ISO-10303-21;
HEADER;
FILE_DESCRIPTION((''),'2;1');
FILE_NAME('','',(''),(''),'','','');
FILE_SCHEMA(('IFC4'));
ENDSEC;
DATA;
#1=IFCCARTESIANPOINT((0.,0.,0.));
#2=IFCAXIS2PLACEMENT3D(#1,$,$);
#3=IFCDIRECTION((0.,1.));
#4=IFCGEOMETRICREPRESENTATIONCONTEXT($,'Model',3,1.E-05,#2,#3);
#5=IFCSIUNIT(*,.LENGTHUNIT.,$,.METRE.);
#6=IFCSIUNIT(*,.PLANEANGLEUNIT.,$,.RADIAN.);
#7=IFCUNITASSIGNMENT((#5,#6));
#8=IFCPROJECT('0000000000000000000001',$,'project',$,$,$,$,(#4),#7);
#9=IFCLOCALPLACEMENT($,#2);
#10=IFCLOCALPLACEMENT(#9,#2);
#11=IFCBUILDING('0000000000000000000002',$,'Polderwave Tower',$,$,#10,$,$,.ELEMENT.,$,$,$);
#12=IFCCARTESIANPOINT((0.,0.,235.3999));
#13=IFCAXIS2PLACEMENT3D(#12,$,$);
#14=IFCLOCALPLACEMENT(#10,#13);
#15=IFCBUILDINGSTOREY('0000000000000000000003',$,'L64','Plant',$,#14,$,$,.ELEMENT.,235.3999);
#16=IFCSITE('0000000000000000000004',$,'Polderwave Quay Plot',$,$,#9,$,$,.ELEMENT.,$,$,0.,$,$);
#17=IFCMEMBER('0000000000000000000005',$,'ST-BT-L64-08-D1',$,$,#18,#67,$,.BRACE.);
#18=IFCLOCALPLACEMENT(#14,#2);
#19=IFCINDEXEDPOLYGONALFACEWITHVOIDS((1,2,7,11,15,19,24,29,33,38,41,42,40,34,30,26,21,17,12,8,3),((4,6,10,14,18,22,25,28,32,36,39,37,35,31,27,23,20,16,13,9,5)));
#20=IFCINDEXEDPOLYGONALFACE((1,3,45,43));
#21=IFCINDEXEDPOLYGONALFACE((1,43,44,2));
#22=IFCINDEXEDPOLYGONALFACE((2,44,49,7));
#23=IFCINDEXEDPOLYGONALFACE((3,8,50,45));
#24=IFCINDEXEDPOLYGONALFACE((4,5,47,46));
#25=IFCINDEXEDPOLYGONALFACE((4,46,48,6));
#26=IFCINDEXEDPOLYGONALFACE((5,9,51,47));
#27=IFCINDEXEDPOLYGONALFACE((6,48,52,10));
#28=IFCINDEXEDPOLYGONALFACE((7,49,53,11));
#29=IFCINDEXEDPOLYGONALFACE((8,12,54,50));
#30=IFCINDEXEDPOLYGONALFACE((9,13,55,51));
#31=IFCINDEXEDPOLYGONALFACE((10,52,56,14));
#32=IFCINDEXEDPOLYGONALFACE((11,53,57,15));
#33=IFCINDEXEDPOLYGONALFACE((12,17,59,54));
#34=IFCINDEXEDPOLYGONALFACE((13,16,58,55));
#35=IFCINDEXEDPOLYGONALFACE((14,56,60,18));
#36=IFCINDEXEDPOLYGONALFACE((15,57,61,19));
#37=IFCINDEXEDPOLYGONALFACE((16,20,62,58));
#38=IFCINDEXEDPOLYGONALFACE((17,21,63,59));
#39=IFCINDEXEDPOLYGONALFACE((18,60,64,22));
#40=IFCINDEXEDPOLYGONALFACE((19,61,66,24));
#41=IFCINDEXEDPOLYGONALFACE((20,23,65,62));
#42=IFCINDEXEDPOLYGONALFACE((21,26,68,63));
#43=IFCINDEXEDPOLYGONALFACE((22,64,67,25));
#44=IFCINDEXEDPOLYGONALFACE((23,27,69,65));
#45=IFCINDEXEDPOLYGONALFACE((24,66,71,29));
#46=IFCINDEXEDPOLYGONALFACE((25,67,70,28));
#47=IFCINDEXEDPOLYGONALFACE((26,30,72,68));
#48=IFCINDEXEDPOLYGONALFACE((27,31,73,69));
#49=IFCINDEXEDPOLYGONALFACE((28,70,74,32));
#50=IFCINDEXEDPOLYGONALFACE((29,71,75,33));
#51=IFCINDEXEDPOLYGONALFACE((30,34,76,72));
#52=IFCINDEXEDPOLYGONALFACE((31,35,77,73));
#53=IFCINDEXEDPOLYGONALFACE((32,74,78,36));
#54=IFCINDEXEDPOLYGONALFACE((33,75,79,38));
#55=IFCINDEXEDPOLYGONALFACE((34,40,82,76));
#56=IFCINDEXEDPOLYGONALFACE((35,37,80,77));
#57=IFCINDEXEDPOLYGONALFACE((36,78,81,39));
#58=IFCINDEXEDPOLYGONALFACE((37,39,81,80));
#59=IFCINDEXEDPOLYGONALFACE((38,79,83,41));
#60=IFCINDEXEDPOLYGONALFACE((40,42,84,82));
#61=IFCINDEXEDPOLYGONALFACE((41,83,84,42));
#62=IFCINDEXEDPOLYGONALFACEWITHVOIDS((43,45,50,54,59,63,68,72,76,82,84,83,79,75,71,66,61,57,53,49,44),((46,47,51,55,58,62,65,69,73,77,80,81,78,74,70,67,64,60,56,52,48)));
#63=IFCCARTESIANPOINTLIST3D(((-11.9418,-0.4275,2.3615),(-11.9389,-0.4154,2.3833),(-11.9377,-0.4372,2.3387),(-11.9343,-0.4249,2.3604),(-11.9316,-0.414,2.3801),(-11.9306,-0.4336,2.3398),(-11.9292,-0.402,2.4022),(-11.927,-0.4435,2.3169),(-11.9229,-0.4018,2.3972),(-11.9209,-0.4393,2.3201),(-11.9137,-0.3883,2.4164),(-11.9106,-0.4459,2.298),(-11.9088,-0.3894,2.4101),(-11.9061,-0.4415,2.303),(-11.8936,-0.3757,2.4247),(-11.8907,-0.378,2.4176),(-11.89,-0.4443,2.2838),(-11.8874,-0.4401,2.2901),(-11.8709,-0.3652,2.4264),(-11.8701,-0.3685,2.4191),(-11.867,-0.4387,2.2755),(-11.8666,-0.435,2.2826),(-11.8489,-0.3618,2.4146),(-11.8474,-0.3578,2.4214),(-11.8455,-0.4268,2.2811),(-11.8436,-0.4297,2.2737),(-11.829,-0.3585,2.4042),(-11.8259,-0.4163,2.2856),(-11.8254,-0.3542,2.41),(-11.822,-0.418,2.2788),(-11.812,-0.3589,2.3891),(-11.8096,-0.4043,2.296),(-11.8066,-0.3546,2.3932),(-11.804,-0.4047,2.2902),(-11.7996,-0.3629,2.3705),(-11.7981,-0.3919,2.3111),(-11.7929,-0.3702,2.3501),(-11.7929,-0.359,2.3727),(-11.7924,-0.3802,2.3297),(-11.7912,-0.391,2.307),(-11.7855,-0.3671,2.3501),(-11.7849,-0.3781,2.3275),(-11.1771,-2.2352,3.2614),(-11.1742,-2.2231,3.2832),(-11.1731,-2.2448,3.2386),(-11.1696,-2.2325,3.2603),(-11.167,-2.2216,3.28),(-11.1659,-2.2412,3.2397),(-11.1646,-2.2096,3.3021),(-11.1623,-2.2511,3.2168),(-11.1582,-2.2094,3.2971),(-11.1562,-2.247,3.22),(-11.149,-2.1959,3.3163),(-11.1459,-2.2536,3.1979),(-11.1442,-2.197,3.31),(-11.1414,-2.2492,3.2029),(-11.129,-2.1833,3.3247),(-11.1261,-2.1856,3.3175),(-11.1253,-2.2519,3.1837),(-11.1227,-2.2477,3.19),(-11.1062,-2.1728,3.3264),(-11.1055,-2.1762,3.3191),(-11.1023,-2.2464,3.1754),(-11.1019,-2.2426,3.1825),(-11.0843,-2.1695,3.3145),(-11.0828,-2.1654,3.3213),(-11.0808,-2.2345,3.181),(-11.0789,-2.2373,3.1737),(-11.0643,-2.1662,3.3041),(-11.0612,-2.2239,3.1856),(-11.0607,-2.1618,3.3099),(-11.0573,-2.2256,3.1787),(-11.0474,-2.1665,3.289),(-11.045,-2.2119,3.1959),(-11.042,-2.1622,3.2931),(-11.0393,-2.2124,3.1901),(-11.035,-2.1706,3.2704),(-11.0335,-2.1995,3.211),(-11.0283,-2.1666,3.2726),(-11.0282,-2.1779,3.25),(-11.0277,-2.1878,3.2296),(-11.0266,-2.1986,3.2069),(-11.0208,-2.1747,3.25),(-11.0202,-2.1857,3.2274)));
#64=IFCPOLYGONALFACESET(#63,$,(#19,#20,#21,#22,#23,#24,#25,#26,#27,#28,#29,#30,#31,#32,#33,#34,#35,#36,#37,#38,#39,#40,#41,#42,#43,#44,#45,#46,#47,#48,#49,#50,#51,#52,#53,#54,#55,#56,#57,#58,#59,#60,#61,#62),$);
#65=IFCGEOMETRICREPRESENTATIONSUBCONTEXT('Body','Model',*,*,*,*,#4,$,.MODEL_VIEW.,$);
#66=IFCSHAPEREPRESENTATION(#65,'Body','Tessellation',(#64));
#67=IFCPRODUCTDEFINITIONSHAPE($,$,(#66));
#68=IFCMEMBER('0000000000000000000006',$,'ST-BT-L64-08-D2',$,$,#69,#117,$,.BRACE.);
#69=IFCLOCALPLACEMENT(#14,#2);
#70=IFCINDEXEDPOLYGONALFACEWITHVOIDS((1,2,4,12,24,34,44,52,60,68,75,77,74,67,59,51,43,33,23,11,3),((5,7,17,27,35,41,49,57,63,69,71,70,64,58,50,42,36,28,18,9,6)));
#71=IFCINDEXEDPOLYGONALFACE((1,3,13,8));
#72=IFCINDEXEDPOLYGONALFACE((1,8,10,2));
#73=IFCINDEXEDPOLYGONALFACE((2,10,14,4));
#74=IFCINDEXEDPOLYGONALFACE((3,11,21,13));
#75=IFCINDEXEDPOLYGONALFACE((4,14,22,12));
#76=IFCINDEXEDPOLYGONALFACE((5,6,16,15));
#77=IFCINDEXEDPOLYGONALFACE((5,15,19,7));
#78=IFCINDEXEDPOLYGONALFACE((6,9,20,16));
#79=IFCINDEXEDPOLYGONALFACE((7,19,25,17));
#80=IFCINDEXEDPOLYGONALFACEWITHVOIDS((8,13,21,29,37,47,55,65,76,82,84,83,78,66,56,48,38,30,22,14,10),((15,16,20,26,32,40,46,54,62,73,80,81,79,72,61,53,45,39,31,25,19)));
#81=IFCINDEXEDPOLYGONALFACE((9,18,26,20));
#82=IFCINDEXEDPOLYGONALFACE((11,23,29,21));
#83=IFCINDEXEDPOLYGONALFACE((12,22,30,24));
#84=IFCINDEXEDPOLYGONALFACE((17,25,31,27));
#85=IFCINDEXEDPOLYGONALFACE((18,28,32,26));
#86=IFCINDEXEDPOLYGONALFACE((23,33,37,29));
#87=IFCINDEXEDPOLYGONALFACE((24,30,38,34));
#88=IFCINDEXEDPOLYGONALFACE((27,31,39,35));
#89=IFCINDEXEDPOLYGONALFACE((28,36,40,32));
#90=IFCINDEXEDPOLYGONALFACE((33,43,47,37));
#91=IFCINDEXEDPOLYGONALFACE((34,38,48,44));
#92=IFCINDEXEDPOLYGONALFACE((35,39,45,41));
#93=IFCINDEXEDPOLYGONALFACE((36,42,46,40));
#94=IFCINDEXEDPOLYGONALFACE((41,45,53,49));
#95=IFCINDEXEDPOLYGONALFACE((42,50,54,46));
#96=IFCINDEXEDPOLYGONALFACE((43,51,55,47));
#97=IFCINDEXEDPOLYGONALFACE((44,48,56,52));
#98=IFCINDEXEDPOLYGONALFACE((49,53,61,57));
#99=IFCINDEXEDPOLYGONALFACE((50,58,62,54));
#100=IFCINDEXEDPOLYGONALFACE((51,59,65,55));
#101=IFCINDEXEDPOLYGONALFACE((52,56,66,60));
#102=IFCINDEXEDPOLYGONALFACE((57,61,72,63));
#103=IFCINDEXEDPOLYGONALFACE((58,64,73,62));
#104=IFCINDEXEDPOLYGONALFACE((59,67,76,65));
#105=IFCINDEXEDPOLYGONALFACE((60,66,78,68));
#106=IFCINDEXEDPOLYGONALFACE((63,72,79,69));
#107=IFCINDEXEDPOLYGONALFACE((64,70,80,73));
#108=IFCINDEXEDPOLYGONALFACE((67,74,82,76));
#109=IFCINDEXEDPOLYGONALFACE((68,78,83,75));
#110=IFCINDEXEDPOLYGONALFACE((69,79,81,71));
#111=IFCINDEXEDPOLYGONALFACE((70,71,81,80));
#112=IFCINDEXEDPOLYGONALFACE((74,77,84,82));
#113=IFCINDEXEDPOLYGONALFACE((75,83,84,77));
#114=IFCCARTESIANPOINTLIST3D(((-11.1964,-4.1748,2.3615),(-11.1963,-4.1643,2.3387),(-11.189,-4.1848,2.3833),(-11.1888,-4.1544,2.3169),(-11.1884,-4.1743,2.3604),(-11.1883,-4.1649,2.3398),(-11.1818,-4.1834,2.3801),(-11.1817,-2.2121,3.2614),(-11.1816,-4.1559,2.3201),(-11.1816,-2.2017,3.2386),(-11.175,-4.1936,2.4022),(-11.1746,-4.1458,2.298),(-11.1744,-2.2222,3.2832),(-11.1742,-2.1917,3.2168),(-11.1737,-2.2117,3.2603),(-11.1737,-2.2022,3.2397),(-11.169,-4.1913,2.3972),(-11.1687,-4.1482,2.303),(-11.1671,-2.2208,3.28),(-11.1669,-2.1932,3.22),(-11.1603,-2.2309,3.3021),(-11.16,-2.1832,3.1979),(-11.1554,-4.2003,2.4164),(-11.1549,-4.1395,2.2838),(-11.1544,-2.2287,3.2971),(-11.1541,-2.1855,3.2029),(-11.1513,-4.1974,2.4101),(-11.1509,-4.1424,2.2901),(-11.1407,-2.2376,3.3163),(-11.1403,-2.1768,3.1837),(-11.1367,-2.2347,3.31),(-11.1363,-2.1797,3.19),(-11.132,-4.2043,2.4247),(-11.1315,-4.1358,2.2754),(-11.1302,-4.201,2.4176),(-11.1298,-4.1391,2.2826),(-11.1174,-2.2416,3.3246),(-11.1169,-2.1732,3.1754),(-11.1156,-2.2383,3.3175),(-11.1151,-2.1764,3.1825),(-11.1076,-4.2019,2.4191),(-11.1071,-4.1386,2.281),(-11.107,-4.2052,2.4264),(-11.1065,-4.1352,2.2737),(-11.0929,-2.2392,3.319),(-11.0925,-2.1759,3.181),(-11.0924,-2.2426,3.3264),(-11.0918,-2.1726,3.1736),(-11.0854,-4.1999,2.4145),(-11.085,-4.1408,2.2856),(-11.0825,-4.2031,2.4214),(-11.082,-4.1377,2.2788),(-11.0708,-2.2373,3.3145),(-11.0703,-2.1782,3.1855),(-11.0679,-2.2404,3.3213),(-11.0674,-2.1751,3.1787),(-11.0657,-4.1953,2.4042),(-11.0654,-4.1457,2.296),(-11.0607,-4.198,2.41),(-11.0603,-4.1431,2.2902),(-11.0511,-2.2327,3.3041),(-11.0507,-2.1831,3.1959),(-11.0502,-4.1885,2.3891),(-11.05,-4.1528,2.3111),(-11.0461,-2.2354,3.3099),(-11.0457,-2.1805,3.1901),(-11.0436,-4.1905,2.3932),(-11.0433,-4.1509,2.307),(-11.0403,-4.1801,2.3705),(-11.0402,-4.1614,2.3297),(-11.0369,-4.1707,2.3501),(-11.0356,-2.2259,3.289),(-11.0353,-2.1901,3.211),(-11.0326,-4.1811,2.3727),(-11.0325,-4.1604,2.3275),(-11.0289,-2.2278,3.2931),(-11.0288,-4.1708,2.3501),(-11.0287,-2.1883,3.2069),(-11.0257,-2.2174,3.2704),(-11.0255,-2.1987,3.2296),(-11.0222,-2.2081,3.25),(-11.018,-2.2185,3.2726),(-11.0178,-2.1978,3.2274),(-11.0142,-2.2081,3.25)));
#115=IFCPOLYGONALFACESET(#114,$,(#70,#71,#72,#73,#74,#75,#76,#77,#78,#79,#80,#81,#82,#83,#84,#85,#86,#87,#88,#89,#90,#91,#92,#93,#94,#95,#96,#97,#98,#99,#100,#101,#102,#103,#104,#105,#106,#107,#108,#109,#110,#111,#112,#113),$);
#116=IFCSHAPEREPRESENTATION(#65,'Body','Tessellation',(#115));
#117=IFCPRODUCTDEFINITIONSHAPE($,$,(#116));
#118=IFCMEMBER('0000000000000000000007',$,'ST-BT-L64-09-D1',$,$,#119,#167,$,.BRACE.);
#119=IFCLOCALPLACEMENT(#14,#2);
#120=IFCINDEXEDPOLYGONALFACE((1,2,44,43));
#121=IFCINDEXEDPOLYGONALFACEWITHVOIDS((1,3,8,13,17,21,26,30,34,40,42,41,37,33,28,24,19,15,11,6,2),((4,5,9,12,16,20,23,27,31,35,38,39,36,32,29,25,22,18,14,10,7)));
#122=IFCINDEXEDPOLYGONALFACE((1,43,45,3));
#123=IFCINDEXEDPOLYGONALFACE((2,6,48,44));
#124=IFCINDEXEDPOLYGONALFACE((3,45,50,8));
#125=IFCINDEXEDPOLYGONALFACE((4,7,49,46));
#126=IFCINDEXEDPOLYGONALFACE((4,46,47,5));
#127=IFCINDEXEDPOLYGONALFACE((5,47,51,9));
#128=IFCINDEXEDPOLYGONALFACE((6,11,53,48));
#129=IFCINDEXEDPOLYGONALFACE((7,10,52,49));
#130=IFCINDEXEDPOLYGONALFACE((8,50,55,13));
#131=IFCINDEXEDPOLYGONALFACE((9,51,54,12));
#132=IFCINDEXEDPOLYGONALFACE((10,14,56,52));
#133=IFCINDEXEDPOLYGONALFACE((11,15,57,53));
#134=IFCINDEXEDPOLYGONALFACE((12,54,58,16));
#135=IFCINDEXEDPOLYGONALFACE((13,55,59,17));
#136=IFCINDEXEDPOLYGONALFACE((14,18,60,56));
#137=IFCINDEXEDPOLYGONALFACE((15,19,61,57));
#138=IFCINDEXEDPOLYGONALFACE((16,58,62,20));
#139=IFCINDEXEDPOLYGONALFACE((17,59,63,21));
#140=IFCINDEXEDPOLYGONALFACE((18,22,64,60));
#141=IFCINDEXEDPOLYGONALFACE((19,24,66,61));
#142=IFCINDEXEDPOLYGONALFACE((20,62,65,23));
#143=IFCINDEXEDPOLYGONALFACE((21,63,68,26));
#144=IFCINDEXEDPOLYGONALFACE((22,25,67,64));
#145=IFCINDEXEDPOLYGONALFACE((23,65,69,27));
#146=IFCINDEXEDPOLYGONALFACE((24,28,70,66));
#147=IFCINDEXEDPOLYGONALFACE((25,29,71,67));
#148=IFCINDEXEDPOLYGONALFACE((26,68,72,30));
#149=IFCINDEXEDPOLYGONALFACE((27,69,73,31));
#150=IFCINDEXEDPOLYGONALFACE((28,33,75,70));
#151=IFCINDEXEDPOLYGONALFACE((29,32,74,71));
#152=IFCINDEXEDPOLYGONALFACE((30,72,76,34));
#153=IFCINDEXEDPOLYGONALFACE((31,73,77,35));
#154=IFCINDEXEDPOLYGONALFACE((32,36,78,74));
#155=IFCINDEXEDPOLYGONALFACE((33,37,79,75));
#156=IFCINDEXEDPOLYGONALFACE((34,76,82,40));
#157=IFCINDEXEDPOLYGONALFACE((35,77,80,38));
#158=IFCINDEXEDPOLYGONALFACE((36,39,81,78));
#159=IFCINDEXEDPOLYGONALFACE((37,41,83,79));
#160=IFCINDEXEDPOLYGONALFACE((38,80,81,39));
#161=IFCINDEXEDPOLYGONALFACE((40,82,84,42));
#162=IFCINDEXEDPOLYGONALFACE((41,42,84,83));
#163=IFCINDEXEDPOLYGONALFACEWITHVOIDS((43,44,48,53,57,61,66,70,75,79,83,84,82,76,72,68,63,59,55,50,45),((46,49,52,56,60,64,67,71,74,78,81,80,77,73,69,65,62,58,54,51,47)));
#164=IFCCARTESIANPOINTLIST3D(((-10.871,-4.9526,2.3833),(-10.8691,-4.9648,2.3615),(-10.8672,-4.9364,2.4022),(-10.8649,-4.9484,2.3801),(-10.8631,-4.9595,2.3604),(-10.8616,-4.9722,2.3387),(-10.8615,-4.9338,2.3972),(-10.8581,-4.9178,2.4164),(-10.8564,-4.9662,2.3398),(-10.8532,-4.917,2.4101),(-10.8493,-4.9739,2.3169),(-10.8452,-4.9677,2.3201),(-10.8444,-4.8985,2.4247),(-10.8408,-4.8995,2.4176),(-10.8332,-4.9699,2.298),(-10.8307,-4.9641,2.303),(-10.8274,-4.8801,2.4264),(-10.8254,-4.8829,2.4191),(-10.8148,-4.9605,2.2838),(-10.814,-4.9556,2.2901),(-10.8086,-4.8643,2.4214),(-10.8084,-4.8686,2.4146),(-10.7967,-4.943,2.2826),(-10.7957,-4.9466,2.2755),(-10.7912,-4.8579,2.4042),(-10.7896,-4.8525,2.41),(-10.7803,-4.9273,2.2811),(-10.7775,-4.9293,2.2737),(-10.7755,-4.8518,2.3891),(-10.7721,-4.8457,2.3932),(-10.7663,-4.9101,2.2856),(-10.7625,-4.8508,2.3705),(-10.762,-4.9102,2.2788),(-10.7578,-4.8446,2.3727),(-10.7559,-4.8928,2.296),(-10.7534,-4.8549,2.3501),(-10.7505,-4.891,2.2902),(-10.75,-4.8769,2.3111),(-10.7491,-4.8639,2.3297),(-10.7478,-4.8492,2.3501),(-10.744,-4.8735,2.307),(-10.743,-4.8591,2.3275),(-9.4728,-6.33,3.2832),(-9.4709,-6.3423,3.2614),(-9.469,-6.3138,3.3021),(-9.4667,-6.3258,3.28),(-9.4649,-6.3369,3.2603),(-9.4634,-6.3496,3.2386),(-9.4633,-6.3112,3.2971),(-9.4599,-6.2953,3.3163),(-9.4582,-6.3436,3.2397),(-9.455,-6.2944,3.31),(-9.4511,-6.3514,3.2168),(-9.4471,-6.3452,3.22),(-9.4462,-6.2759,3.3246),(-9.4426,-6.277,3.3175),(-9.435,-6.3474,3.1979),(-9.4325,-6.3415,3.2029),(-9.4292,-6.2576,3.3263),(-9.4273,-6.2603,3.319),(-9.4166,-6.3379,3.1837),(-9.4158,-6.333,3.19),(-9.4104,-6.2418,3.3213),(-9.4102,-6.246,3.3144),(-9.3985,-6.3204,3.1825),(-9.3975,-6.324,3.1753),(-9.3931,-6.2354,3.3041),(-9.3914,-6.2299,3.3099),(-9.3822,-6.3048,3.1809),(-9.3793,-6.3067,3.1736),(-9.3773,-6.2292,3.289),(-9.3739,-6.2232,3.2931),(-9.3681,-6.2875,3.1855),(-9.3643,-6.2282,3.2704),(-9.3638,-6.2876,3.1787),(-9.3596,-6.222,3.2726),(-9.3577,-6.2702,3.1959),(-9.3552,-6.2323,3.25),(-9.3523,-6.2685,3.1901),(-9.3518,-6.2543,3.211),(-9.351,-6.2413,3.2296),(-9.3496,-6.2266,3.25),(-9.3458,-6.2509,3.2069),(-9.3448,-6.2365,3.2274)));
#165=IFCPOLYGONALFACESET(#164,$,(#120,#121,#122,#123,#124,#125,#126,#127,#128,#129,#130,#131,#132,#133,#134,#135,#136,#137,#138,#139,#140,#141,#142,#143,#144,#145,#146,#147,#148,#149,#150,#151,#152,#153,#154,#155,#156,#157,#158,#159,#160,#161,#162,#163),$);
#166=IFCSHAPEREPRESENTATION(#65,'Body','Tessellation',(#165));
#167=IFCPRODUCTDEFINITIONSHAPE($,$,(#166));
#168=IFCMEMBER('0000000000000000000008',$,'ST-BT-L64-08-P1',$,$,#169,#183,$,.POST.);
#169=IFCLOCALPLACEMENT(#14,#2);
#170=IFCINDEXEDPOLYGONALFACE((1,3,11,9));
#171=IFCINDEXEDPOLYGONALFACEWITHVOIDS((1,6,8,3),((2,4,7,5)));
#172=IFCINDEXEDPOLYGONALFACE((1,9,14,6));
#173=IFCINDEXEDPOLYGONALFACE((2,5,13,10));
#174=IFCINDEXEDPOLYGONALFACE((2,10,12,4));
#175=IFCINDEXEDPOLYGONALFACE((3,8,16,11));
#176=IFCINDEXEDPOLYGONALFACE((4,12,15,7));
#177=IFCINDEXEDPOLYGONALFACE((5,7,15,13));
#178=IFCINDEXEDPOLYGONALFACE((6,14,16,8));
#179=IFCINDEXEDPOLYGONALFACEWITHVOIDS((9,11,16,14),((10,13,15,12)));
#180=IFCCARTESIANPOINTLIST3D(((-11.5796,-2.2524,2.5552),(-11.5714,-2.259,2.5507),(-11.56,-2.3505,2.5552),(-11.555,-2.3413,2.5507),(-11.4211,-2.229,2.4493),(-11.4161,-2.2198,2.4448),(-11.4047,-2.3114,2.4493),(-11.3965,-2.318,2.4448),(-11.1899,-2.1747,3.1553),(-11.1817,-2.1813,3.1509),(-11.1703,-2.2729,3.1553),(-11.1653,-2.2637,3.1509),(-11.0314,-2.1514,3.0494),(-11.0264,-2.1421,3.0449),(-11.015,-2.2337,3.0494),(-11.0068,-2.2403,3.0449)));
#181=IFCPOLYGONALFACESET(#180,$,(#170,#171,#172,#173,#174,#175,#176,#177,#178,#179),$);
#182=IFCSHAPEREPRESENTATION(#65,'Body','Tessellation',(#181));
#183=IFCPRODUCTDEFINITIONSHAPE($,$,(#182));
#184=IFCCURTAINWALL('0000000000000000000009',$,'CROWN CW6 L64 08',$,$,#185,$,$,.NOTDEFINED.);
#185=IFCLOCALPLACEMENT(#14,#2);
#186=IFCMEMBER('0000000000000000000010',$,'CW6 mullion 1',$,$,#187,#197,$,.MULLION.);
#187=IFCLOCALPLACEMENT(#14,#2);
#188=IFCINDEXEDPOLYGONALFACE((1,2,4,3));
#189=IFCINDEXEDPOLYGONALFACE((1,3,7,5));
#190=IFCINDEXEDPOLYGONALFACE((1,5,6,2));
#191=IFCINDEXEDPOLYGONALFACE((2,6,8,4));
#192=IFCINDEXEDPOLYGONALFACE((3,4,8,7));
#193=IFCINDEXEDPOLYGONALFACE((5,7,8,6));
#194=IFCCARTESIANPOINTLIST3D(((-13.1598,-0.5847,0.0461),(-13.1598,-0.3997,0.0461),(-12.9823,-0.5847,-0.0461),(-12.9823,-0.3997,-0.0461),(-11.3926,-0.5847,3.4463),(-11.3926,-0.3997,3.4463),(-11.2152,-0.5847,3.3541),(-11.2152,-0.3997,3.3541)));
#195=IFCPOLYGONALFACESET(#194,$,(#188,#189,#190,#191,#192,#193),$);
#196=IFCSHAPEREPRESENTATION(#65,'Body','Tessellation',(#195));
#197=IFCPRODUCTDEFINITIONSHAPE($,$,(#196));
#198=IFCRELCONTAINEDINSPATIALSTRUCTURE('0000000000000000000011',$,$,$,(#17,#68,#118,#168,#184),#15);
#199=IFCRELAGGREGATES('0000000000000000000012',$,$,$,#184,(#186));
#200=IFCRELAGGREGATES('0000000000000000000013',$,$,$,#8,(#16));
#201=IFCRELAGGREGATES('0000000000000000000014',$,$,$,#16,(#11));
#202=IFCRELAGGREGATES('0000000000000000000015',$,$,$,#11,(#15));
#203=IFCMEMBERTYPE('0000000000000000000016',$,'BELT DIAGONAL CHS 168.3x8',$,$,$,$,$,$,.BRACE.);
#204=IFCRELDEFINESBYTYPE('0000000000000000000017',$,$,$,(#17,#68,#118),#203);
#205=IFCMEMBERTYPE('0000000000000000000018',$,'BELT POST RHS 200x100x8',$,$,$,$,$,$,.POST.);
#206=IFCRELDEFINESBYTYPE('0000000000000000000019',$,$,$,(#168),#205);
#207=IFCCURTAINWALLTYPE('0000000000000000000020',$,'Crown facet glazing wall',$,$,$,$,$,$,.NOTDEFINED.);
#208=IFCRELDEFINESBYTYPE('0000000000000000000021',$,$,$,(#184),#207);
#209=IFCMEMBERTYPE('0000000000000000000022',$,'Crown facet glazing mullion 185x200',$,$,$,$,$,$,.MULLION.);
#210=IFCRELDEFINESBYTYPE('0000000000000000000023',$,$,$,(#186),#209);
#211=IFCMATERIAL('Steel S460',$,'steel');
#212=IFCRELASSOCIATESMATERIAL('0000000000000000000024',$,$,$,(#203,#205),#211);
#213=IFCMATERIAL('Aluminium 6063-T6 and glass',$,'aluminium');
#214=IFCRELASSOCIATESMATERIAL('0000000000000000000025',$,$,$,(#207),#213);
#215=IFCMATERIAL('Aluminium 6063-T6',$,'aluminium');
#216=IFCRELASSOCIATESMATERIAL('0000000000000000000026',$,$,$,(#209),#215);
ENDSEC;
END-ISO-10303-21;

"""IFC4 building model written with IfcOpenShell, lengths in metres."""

from ifc_helpers import new_model, si_unit, direction, frame, origin, origin_2d, place, context, subcontext, project, spatial, rectangle, hollow_rectangle, hollow_circle, extrude, material, material_profile, profile_set, type_object, element, aggregate, save


model = new_model("IFC4")

# Units and contexts
model_context = context("Model", 3, precision=1e-05, world=origin(), true_north=direction((0.0, 1.0)))
body_context = subcontext(model_context, "Body", "Model", "MODEL_VIEW")
ifc_project = project(units=[si_unit("LENGTHUNIT", "METRE"), si_unit("PLANEANGLEUNIT", "RADIAN")], contexts=[model_context])

# Site, building, storey
site_placement = place(None, origin())
site = spatial("IfcSite", under=ifc_project, at=site_placement, Name="Polderwave Quay Plot", CompositionType="ELEMENT", RefElevation=0.0)
building_placement = place(site_placement, origin())
building = spatial("IfcBuilding", under=site, at=building_placement, Name="Polderwave Tower", CompositionType="ELEMENT")
storey_placement = place(building_placement, frame((0.0, 0.0, 235.3999)))
storey = spatial("IfcBuildingStorey", under=building, at=storey_placement, Name="L64", Description="Plant", CompositionType="ELEMENT", Elevation=235.3999)

# Members
ifc_material_1 = material(Name="Steel S460", Category="steel")
ifc_material_profile_1 = material_profile(ifc_material_1, hollow_circle(Radius=0.0842, WallThickness=0.0081, at=origin_2d()), Name="CHS 168.3x8")
ifc_profile_set_1 = profile_set([ifc_material_profile_1], Name="Steel S460")
member_type_1 = type_object("IfcMemberType", Name="BELT DIAGONAL CHS 168.3x8", PredefinedType="BRACE", material=ifc_profile_set_1)
for number, where, z_axis, x_axis, name in (
    (1, (-11.863, -0.3999, 2.3501), (0.354141, -0.837184, 0.416783), (0.920988, 0.389591, 0.0), "ST-BT-L64-08-D1"),
    (2, (-11.0984, -2.2075, 3.25), (-0.006784, -0.908981, -0.416781), (0.999972, -0.007463, 0.0), "ST-BT-L64-08-D2"),
    (3, (-10.8069, -4.9092, 2.3501), (0.647554, -0.637943, 0.416777), (0.701801, 0.712374, 0.0), "ST-BT-L64-09-D1"),
):
    element("IfcMember", number, at=place(storey_placement, frame(where, z_axis=z_axis, x_axis=x_axis)), inside=storey, type_object=member_type_1, Name=name, PredefinedType="BRACE", context=body_context, shape_type="SweptSolid", body=[
        extrude(hollow_circle(Radius=0.0842, WallThickness=0.0081, at=origin_2d()), origin(), (0.0, 0.0, 1.0), 2.1592),
    ])
ifc_material_profile_2 = material_profile(ifc_material_1, hollow_rectangle(XDim=0.1001, YDim=0.2, WallThickness=0.0081, at=origin_2d()), Name="RHS 200x100x8")
ifc_profile_set_2 = profile_set([ifc_material_profile_2], Name="Steel S460")
member_type_2 = type_object("IfcMemberType", Name="BELT POST RHS 200x100x8", PredefinedType="POST", material=ifc_profile_set_2)
member_1_placement = place(storey_placement, frame((-11.488, -2.2852, 2.5), z_axis=(0.541403, 0.107873, 0.833814), x_axis=(-0.195407, 0.980722, 0.0)))
element("IfcMember", 4, at=member_1_placement, inside=storey, type_object=member_type_2, Name="ST-BT-L64-08-P1", PredefinedType="POST", context=body_context, shape_type="SweptSolid", body=[
    extrude(hollow_rectangle(XDim=0.1001, YDim=0.2, WallThickness=0.0081, at=origin_2d()), origin(), (0.0, 0.0, 1.0), 0.7197),
])

# Curtain wall, member
ifc_material_2 = material(Name="Aluminium 6063-T6 and glass", Category="aluminium")
curtain_wall_type = type_object("IfcCurtainWallType", Name="Crown facet glazing wall", PredefinedType="NOTDEFINED", material=ifc_material_2)
curtain_wall_1_placement = place(storey_placement, origin())
curtain_wall_1 = element("IfcCurtainWall", 5, at=curtain_wall_1_placement, inside=storey, type_object=curtain_wall_type, Name="CROWN CW6 L64 08", PredefinedType="NOTDEFINED")
ifc_material_3 = material(Name="Aluminium 6063-T6", Category="aluminium")
ifc_material_profile_3 = material_profile(ifc_material_3, rectangle(XDim=0.1851, YDim=0.2, at=origin_2d()), Name="AL 185x200")
ifc_profile_set_3 = profile_set([ifc_material_profile_3], Name="Aluminium 6063-T6")
member_type_3 = type_object("IfcMemberType", Name="Crown facet glazing mullion 185x200", PredefinedType="MULLION", material=ifc_profile_set_3)
member_2_placement = place(storey_placement, frame((-13.071, -0.4922, 0.0), z_axis=(0.46115, 0.0, 0.887322), x_axis=(0.0, 1.0, 0.0)))
member_2 = element("IfcMember", 6, at=member_2_placement, type_object=member_type_3, Name="CW6 mullion 1", PredefinedType="MULLION", context=body_context, shape_type="SweptSolid", body=[
    extrude(rectangle(XDim=0.1851, YDim=0.2, at=origin_2d()), origin(), (0.0, 0.0, 1.0), 3.832),
])

aggregate(curtain_wall_1, [member_2])

save(model, "model.ifc")
